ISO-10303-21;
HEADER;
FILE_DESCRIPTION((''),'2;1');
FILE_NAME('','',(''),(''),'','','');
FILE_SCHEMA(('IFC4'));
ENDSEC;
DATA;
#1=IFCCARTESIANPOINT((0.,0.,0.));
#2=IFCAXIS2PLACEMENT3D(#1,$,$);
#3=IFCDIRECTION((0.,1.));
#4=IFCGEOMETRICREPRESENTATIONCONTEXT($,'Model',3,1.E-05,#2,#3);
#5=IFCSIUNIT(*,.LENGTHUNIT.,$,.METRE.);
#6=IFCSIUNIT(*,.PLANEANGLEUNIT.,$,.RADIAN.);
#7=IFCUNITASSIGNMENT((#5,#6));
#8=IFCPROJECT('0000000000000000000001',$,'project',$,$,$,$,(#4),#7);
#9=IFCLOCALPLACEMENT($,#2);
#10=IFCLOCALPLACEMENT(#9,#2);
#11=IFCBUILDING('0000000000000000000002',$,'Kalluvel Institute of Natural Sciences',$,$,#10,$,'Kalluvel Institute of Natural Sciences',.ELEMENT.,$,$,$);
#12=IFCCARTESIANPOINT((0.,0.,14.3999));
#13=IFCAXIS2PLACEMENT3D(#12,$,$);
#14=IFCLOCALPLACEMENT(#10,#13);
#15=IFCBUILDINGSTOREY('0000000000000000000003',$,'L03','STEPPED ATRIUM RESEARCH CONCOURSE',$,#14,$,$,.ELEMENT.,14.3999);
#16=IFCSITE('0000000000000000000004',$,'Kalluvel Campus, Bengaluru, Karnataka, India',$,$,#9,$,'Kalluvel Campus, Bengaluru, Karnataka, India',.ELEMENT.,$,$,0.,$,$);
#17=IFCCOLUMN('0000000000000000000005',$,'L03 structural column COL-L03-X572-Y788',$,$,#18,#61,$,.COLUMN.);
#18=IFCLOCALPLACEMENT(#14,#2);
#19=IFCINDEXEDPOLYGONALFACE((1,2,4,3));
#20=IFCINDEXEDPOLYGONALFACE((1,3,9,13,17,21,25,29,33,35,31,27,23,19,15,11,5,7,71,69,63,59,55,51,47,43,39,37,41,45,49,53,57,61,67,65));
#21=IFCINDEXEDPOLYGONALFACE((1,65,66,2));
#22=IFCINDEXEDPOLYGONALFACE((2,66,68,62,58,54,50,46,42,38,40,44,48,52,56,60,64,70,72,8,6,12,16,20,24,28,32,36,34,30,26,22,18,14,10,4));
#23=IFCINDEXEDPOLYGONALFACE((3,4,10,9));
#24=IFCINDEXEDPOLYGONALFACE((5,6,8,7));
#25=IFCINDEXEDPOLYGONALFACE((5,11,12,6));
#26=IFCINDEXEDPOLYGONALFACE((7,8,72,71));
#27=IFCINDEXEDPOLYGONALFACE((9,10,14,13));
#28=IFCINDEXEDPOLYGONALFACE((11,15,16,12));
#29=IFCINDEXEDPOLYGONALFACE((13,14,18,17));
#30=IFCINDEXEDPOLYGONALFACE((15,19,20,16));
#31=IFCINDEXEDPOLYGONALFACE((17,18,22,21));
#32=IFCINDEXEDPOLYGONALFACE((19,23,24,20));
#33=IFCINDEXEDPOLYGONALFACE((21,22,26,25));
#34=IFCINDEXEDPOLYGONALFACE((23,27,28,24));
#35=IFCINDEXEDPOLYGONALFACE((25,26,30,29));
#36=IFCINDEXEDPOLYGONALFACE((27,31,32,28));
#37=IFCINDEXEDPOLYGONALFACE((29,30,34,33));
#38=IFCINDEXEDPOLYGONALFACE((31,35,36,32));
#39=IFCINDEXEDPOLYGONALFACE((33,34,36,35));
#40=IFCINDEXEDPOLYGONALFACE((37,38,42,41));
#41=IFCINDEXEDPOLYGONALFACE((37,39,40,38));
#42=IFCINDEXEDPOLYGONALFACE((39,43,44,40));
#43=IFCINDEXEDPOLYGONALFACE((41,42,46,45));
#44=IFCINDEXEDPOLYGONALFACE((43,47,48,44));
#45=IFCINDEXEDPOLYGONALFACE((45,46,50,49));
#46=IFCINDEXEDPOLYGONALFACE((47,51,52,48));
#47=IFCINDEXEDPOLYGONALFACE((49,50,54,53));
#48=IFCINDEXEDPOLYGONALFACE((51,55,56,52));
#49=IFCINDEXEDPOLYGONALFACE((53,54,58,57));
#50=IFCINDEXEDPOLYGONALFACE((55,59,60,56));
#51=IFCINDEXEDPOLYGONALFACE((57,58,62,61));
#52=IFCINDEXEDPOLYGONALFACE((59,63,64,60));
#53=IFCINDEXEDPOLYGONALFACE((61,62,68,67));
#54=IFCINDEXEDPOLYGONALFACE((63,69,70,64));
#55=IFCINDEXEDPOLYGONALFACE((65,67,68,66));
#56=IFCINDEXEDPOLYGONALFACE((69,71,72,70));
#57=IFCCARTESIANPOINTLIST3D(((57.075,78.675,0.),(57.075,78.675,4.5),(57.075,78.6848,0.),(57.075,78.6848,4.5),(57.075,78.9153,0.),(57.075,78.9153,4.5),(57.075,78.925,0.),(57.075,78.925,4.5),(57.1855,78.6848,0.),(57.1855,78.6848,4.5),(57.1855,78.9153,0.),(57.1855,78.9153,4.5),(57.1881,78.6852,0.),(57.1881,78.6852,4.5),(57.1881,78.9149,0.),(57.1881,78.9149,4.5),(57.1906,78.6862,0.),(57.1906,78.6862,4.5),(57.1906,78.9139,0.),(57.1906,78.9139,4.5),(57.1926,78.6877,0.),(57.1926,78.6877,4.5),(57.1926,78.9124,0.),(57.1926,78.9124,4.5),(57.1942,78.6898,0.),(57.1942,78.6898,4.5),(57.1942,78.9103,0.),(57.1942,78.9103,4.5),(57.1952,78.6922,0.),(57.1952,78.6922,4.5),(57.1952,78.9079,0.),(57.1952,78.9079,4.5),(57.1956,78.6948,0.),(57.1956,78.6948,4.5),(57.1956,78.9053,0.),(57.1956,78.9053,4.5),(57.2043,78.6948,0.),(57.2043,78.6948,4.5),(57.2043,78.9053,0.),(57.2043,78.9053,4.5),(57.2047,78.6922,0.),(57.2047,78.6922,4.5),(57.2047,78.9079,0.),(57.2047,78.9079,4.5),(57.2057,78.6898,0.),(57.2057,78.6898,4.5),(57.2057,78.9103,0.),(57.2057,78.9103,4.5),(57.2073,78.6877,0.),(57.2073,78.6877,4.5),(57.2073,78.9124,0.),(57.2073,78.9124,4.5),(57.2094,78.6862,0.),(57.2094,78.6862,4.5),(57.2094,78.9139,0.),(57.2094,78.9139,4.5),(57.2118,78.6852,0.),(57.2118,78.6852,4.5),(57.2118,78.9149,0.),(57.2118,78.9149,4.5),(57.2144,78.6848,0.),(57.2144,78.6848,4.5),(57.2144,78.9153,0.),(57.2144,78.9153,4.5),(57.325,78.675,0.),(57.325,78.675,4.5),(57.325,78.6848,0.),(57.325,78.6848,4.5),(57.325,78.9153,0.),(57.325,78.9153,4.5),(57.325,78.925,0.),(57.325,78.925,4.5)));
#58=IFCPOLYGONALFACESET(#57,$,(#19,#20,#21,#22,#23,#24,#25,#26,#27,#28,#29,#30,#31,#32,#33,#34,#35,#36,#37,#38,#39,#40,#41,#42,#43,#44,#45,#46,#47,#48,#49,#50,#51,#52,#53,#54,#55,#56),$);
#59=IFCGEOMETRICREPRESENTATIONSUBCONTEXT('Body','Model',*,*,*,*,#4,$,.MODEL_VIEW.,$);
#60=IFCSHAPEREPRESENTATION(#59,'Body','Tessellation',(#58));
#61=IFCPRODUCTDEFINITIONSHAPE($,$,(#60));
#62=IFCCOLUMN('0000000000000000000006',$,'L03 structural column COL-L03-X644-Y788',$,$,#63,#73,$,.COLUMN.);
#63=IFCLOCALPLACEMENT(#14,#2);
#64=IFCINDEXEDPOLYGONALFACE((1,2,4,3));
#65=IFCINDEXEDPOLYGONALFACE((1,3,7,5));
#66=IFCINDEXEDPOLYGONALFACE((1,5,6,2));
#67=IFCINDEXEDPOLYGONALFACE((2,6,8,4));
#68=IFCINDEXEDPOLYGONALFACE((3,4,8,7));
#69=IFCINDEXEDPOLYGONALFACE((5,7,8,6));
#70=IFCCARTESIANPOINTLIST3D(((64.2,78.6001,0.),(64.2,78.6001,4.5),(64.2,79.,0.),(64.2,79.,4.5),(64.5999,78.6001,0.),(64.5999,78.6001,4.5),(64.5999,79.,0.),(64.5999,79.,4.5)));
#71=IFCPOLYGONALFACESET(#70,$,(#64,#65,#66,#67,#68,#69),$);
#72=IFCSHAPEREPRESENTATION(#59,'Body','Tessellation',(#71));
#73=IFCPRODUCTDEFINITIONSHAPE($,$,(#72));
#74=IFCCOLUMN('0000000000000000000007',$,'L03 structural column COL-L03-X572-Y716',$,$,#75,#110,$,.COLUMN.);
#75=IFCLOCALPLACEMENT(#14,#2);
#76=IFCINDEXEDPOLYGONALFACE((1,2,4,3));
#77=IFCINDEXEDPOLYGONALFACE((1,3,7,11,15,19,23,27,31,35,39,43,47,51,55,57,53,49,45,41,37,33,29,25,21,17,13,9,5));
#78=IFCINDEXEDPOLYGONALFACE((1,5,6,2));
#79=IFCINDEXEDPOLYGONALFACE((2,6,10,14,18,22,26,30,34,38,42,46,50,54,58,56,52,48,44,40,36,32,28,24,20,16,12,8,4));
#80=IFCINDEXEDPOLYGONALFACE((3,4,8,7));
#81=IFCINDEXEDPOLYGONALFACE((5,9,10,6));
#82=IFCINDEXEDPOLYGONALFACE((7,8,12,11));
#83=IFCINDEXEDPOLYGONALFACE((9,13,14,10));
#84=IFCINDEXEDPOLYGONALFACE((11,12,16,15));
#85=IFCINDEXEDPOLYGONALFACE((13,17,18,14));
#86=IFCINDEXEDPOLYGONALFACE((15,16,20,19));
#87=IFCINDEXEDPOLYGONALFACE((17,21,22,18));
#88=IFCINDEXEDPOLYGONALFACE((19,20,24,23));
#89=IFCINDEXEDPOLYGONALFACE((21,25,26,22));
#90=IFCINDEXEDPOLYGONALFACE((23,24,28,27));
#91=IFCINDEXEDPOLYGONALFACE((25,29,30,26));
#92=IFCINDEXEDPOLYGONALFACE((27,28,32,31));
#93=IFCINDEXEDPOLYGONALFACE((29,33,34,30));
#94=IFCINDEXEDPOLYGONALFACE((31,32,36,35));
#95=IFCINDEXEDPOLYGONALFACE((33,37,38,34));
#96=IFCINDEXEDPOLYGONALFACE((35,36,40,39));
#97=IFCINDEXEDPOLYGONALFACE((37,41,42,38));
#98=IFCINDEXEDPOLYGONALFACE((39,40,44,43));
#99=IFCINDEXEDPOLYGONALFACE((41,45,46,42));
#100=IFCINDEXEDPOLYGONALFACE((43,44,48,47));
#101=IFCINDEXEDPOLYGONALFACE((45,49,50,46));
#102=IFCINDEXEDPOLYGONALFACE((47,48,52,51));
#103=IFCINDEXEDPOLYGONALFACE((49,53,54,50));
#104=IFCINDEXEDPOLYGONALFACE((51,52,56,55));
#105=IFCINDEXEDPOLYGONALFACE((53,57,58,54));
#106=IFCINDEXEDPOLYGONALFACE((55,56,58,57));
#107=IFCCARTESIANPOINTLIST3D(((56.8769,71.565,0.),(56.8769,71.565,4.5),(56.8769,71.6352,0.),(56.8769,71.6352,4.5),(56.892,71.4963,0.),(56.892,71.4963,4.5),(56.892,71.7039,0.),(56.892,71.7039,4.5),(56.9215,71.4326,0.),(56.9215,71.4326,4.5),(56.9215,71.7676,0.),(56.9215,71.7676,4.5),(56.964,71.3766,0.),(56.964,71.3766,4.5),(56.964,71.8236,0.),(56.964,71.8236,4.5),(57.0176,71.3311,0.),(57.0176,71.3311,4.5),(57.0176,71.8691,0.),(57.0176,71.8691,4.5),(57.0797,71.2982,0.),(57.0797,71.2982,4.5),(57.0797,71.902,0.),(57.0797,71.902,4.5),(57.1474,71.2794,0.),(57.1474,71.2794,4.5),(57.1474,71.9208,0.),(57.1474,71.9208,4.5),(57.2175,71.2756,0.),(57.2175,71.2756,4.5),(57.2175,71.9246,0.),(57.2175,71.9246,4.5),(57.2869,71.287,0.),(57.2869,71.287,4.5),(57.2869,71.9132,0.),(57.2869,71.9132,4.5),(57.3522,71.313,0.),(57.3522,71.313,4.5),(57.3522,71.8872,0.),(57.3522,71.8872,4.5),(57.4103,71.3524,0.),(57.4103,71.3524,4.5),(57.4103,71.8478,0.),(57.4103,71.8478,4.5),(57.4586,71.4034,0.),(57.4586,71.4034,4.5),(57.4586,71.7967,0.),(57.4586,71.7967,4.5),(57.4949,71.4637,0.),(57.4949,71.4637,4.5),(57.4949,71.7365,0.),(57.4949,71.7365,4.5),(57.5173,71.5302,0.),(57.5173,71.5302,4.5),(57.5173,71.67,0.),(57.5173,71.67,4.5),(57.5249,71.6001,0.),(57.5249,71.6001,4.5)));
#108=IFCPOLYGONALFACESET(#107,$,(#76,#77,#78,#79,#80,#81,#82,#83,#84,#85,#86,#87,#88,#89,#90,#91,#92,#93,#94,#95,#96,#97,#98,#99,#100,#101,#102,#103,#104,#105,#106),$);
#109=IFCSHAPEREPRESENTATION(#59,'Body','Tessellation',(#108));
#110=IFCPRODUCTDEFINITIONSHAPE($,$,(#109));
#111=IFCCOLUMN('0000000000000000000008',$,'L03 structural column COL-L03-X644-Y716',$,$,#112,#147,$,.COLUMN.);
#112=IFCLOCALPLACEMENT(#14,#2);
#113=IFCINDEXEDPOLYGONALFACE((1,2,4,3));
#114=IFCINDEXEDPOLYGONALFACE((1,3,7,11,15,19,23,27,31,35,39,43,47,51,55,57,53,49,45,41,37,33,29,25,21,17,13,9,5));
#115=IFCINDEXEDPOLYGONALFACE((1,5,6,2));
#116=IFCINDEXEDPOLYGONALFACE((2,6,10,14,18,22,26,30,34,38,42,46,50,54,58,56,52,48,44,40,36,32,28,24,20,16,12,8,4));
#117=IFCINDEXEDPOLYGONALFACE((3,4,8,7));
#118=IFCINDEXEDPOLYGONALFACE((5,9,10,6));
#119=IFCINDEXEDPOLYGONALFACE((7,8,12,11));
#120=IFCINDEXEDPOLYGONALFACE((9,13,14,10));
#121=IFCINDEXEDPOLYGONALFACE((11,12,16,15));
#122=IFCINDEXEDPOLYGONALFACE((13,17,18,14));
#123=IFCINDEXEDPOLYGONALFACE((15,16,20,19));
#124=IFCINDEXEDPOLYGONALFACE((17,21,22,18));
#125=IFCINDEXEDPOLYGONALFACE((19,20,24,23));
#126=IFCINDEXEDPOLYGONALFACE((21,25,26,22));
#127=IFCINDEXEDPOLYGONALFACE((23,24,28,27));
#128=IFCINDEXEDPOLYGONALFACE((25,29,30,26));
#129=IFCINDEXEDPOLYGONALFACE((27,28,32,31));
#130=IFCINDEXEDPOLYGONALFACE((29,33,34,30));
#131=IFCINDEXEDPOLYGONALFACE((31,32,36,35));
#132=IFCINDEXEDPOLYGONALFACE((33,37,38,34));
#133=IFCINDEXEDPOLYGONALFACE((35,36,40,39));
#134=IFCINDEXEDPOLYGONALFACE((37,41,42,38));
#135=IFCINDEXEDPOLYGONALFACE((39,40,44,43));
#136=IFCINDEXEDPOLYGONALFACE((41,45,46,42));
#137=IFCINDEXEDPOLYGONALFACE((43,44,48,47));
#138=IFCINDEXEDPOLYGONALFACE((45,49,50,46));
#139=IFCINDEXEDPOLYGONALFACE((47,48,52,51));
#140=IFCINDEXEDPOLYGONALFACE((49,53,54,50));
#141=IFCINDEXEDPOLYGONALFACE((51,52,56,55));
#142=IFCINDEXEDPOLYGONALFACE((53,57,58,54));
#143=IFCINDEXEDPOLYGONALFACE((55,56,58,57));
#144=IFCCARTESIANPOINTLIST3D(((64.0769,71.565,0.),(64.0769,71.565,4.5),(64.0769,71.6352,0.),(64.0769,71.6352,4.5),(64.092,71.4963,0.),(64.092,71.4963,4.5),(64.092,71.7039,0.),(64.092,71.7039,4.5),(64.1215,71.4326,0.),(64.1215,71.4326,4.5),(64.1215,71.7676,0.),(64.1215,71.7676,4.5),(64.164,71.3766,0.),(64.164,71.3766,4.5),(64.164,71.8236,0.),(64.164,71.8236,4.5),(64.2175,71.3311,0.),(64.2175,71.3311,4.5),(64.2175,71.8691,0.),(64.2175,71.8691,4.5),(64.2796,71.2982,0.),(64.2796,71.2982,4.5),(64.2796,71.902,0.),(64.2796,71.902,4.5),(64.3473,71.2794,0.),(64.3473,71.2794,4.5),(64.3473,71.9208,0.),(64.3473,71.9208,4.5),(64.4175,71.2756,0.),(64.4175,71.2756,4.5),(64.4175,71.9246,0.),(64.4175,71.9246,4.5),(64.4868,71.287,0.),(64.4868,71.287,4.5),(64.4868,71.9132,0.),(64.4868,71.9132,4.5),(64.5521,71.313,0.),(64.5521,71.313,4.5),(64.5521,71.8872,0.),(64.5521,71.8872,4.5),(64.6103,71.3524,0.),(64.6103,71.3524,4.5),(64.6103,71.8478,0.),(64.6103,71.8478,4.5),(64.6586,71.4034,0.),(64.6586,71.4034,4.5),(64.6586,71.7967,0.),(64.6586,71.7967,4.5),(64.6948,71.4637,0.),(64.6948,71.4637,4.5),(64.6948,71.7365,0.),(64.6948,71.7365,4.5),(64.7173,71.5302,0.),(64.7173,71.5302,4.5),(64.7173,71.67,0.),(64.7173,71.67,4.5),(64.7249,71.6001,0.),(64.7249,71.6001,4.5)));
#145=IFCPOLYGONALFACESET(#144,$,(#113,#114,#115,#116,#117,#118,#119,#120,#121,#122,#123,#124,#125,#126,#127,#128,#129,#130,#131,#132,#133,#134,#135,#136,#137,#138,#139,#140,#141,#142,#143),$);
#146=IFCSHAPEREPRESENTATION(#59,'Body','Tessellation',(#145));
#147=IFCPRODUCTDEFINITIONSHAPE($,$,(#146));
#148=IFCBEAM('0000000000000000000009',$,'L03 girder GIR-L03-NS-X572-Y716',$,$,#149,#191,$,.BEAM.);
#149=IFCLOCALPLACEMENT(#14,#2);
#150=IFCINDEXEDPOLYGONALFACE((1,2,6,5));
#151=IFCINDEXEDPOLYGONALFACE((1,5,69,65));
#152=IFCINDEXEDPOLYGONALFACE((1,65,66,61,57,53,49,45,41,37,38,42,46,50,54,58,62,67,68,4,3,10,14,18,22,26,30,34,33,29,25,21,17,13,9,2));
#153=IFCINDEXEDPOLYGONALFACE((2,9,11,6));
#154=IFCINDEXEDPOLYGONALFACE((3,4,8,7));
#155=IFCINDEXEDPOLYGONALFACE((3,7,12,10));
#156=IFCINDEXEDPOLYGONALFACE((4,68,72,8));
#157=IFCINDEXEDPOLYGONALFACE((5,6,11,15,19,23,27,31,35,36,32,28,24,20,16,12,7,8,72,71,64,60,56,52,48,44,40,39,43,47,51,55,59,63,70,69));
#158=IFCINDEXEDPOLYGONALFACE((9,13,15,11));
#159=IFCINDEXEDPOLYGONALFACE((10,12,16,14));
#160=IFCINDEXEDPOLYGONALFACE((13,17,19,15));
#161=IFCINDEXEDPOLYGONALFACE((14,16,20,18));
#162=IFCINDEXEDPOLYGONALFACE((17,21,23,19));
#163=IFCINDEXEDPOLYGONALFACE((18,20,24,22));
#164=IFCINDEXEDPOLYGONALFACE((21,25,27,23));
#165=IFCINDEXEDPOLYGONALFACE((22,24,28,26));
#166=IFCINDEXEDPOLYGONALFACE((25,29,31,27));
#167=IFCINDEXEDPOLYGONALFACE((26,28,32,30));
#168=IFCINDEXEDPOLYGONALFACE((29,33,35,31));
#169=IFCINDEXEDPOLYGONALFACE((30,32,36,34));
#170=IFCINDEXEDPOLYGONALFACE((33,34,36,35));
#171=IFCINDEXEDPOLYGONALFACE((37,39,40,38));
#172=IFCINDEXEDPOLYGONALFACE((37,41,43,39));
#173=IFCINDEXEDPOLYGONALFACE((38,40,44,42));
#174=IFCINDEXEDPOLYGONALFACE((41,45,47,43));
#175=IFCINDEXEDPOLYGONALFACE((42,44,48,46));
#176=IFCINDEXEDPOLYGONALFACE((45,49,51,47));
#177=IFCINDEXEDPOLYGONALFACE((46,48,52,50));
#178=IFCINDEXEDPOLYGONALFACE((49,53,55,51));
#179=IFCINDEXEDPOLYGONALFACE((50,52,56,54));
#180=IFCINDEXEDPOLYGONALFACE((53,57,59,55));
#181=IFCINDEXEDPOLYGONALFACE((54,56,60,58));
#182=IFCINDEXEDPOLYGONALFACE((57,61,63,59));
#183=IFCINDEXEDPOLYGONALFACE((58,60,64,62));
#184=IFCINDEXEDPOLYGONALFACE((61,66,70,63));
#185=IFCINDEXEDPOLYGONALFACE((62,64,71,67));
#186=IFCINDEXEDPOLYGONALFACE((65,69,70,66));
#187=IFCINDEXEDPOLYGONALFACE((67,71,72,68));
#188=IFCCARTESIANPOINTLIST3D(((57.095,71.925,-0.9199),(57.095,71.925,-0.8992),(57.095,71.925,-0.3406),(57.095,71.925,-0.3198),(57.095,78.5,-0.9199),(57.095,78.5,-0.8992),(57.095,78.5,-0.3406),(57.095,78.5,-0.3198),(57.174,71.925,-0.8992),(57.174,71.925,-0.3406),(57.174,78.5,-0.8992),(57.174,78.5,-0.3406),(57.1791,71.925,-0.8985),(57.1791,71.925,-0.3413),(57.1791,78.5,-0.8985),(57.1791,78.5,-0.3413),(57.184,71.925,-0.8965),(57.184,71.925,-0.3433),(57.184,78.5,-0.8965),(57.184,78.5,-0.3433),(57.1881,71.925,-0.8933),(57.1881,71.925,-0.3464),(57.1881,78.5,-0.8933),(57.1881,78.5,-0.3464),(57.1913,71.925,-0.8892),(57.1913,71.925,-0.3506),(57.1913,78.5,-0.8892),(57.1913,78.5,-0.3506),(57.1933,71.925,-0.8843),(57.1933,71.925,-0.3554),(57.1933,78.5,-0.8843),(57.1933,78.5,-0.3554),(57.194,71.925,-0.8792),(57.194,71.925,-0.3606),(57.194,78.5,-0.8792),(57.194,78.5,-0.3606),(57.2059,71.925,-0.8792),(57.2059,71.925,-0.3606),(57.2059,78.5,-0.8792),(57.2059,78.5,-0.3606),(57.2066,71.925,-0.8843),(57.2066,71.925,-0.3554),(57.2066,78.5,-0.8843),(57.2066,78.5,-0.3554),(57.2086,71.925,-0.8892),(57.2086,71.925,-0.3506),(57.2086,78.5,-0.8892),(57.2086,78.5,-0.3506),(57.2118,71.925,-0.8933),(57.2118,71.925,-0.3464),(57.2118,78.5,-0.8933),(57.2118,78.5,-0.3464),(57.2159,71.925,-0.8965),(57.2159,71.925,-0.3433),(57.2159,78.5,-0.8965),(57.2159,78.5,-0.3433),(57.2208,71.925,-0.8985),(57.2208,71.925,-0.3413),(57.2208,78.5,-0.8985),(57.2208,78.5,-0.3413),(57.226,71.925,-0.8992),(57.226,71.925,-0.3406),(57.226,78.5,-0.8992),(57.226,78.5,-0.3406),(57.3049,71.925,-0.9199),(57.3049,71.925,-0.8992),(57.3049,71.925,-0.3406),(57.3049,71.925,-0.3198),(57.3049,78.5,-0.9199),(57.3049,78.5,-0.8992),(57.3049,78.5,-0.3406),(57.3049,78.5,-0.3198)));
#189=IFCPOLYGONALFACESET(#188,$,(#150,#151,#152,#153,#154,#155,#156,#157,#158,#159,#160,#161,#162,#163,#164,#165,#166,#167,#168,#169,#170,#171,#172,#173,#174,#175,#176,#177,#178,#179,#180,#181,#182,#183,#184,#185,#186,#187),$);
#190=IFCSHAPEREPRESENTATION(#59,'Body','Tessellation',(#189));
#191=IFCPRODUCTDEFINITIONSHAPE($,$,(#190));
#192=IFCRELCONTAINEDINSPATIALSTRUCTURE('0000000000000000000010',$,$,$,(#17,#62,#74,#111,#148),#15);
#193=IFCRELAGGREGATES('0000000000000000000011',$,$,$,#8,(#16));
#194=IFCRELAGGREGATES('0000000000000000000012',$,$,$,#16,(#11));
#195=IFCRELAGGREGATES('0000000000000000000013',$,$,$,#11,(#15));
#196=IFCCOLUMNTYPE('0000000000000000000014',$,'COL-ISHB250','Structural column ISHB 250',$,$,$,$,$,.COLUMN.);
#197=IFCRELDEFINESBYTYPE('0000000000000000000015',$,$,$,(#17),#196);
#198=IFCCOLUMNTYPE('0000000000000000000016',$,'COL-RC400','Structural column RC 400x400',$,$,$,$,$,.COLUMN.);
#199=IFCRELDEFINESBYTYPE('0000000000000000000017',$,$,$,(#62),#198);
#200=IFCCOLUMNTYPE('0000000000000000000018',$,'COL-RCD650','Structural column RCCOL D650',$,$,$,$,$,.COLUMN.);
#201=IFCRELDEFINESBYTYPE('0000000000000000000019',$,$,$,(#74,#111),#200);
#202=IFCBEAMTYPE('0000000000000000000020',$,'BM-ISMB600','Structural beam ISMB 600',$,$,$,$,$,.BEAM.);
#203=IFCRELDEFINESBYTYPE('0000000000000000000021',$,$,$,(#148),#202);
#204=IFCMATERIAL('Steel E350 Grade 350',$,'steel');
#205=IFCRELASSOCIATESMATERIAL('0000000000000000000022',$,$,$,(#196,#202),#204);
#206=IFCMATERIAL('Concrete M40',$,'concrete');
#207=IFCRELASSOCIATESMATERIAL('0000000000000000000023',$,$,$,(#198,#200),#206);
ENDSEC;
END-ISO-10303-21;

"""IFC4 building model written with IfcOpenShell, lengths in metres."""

from ifc_helpers import new_model, si_unit, direction, frame, origin, origin_2d, place, context, subcontext, project, spatial, rectangle, circle, i_section, extrude, material, material_profile, profile_set, type_object, element, save


model = new_model("IFC4")

# Units and contexts
model_context = context("Model", 3, precision=1e-05, world=origin(), true_north=direction((0.0, 1.0)))
body_context = subcontext(model_context, "Body", "Model", "MODEL_VIEW")
ifc_project = project(units=[si_unit("LENGTHUNIT", "METRE"), si_unit("PLANEANGLEUNIT", "RADIAN")], contexts=[model_context])

# Site, building, storey
site_placement = place(None, origin())
site = spatial("IfcSite", under=ifc_project, at=site_placement, Name="Kalluvel Campus, Bengaluru, Karnataka, India", LongName="Kalluvel Campus, Bengaluru, Karnataka, India", CompositionType="ELEMENT", RefElevation=0.0)
building_placement = place(site_placement, origin())
building = spatial("IfcBuilding", under=site, at=building_placement, Name="Kalluvel Institute of Natural Sciences", LongName="Kalluvel Institute of Natural Sciences", CompositionType="ELEMENT")
storey_placement = place(building_placement, frame((0.0, 0.0, 14.3999)))
storey = spatial("IfcBuildingStorey", under=building, at=storey_placement, Name="L03", Description="STEPPED ATRIUM RESEARCH CONCOURSE", CompositionType="ELEMENT", Elevation=14.3999)

# Columns
ifc_material_1 = material(Name="Steel E350 Grade 350", Category="steel")
ifc_material_profile_1 = material_profile(ifc_material_1, i_section(OverallWidth=0.25, OverallDepth=0.25, WebThickness=0.0088, FlangeThickness=0.0098, FilletRadius=0.01, at=origin_2d()), Name="ISHB 250")
ifc_profile_set_1 = profile_set([ifc_material_profile_1], Name="Steel E350 Grade 350")
column_type_1 = type_object("IfcColumnType", Name="COL-ISHB250", Description="Structural column ISHB 250", PredefinedType="COLUMN", material=ifc_profile_set_1)
column_1_placement = place(storey_placement, frame((57.2, 78.8, 0.0), z_axis=(0.0, 0.0, 1.0), x_axis=(1.0, 0.0, 0.0)))
element("IfcColumn", 1, at=column_1_placement, inside=storey, type_object=column_type_1, Name="L03 structural column COL-L03-X572-Y788", PredefinedType="COLUMN", context=body_context, shape_type="SweptSolid", body=[
    extrude(i_section(OverallWidth=0.25, OverallDepth=0.25, WebThickness=0.0088, FlangeThickness=0.0098, FilletRadius=0.01, at=origin_2d()), origin(), (0.0, 0.0, 1.0), 4.5),
])
ifc_material_2 = material(Name="Concrete M40", Category="concrete")
ifc_material_profile_2 = material_profile(ifc_material_2, rectangle(XDim=0.3999, YDim=0.3999, at=origin_2d()), Name="RC 400x400")
ifc_profile_set_2 = profile_set([ifc_material_profile_2], Name="Concrete M40")
column_type_2 = type_object("IfcColumnType", Name="COL-RC400", Description="Structural column RC 400x400", PredefinedType="COLUMN", material=ifc_profile_set_2)
column_2_placement = place(storey_placement, frame((64.3999, 78.8, 0.0), z_axis=(0.0, 0.0, 1.0), x_axis=(1.0, 0.0, 0.0)))
element("IfcColumn", 2, at=column_2_placement, inside=storey, type_object=column_type_2, Name="L03 structural column COL-L03-X644-Y788", PredefinedType="COLUMN", context=body_context, shape_type="SweptSolid", body=[
    extrude(rectangle(XDim=0.3999, YDim=0.3999, at=origin_2d()), origin(), (0.0, 0.0, 1.0), 4.5),
])
ifc_material_profile_3 = material_profile(ifc_material_2, circle(Radius=0.325, at=origin_2d()), Name="RCCOL D650")
ifc_profile_set_3 = profile_set([ifc_material_profile_3], Name="Concrete M40")
column_type_3 = type_object("IfcColumnType", Name="COL-RCD650", Description="Structural column RCCOL D650", PredefinedType="COLUMN", material=ifc_profile_set_3)
for number, where, z_axis, x_axis, name in (
    (3, (57.2, 71.6001, 0.0), (0.0, 0.0, 1.0), (1.0, 0.0, 0.0), "L03 structural column COL-L03-X572-Y716"),
    (4, (64.3999, 71.6001, 0.0), (0.0, 0.0, 1.0), (1.0, 0.0, 0.0), "L03 structural column COL-L03-X644-Y716"),
):
    element("IfcColumn", number, at=place(storey_placement, frame(where, z_axis=z_axis, x_axis=x_axis)), inside=storey, type_object=column_type_3, Name=name, PredefinedType="COLUMN", context=body_context, shape_type="SweptSolid", body=[
        extrude(circle(Radius=0.325, at=origin_2d()), origin(), (0.0, 0.0, 1.0), 4.5),
    ])

# Beam
ifc_material_profile_4 = material_profile(ifc_material_1, i_section(OverallWidth=0.21, OverallDepth=0.6001, WebThickness=0.012, FlangeThickness=0.0208, FilletRadius=0.02, at=origin_2d()), Name="ISMB 600")
ifc_profile_set_4 = profile_set([ifc_material_profile_4], Name="Steel E350 Grade 350")
beam_type_1 = type_object("IfcBeamType", Name="BM-ISMB600", Description="Structural beam ISMB 600", PredefinedType="BEAM", material=ifc_profile_set_4)
beam_1_placement = place(storey_placement, frame((57.2, 71.925, -0.6199), z_axis=(0.0, 1.0, 0.0), x_axis=(-1.0, 0.0, 0.0)))
element("IfcBeam", 5, at=beam_1_placement, inside=storey, type_object=beam_type_1, Name="L03 girder GIR-L03-NS-X572-Y716", PredefinedType="BEAM", context=body_context, shape_type="SweptSolid", body=[
    extrude(i_section(OverallWidth=0.21, OverallDepth=0.6001, WebThickness=0.012, FlangeThickness=0.0208, FilletRadius=0.02, at=origin_2d()), origin(), (0.0, 0.0, 1.0), 6.575),
])

save(model, "model.ifc")
